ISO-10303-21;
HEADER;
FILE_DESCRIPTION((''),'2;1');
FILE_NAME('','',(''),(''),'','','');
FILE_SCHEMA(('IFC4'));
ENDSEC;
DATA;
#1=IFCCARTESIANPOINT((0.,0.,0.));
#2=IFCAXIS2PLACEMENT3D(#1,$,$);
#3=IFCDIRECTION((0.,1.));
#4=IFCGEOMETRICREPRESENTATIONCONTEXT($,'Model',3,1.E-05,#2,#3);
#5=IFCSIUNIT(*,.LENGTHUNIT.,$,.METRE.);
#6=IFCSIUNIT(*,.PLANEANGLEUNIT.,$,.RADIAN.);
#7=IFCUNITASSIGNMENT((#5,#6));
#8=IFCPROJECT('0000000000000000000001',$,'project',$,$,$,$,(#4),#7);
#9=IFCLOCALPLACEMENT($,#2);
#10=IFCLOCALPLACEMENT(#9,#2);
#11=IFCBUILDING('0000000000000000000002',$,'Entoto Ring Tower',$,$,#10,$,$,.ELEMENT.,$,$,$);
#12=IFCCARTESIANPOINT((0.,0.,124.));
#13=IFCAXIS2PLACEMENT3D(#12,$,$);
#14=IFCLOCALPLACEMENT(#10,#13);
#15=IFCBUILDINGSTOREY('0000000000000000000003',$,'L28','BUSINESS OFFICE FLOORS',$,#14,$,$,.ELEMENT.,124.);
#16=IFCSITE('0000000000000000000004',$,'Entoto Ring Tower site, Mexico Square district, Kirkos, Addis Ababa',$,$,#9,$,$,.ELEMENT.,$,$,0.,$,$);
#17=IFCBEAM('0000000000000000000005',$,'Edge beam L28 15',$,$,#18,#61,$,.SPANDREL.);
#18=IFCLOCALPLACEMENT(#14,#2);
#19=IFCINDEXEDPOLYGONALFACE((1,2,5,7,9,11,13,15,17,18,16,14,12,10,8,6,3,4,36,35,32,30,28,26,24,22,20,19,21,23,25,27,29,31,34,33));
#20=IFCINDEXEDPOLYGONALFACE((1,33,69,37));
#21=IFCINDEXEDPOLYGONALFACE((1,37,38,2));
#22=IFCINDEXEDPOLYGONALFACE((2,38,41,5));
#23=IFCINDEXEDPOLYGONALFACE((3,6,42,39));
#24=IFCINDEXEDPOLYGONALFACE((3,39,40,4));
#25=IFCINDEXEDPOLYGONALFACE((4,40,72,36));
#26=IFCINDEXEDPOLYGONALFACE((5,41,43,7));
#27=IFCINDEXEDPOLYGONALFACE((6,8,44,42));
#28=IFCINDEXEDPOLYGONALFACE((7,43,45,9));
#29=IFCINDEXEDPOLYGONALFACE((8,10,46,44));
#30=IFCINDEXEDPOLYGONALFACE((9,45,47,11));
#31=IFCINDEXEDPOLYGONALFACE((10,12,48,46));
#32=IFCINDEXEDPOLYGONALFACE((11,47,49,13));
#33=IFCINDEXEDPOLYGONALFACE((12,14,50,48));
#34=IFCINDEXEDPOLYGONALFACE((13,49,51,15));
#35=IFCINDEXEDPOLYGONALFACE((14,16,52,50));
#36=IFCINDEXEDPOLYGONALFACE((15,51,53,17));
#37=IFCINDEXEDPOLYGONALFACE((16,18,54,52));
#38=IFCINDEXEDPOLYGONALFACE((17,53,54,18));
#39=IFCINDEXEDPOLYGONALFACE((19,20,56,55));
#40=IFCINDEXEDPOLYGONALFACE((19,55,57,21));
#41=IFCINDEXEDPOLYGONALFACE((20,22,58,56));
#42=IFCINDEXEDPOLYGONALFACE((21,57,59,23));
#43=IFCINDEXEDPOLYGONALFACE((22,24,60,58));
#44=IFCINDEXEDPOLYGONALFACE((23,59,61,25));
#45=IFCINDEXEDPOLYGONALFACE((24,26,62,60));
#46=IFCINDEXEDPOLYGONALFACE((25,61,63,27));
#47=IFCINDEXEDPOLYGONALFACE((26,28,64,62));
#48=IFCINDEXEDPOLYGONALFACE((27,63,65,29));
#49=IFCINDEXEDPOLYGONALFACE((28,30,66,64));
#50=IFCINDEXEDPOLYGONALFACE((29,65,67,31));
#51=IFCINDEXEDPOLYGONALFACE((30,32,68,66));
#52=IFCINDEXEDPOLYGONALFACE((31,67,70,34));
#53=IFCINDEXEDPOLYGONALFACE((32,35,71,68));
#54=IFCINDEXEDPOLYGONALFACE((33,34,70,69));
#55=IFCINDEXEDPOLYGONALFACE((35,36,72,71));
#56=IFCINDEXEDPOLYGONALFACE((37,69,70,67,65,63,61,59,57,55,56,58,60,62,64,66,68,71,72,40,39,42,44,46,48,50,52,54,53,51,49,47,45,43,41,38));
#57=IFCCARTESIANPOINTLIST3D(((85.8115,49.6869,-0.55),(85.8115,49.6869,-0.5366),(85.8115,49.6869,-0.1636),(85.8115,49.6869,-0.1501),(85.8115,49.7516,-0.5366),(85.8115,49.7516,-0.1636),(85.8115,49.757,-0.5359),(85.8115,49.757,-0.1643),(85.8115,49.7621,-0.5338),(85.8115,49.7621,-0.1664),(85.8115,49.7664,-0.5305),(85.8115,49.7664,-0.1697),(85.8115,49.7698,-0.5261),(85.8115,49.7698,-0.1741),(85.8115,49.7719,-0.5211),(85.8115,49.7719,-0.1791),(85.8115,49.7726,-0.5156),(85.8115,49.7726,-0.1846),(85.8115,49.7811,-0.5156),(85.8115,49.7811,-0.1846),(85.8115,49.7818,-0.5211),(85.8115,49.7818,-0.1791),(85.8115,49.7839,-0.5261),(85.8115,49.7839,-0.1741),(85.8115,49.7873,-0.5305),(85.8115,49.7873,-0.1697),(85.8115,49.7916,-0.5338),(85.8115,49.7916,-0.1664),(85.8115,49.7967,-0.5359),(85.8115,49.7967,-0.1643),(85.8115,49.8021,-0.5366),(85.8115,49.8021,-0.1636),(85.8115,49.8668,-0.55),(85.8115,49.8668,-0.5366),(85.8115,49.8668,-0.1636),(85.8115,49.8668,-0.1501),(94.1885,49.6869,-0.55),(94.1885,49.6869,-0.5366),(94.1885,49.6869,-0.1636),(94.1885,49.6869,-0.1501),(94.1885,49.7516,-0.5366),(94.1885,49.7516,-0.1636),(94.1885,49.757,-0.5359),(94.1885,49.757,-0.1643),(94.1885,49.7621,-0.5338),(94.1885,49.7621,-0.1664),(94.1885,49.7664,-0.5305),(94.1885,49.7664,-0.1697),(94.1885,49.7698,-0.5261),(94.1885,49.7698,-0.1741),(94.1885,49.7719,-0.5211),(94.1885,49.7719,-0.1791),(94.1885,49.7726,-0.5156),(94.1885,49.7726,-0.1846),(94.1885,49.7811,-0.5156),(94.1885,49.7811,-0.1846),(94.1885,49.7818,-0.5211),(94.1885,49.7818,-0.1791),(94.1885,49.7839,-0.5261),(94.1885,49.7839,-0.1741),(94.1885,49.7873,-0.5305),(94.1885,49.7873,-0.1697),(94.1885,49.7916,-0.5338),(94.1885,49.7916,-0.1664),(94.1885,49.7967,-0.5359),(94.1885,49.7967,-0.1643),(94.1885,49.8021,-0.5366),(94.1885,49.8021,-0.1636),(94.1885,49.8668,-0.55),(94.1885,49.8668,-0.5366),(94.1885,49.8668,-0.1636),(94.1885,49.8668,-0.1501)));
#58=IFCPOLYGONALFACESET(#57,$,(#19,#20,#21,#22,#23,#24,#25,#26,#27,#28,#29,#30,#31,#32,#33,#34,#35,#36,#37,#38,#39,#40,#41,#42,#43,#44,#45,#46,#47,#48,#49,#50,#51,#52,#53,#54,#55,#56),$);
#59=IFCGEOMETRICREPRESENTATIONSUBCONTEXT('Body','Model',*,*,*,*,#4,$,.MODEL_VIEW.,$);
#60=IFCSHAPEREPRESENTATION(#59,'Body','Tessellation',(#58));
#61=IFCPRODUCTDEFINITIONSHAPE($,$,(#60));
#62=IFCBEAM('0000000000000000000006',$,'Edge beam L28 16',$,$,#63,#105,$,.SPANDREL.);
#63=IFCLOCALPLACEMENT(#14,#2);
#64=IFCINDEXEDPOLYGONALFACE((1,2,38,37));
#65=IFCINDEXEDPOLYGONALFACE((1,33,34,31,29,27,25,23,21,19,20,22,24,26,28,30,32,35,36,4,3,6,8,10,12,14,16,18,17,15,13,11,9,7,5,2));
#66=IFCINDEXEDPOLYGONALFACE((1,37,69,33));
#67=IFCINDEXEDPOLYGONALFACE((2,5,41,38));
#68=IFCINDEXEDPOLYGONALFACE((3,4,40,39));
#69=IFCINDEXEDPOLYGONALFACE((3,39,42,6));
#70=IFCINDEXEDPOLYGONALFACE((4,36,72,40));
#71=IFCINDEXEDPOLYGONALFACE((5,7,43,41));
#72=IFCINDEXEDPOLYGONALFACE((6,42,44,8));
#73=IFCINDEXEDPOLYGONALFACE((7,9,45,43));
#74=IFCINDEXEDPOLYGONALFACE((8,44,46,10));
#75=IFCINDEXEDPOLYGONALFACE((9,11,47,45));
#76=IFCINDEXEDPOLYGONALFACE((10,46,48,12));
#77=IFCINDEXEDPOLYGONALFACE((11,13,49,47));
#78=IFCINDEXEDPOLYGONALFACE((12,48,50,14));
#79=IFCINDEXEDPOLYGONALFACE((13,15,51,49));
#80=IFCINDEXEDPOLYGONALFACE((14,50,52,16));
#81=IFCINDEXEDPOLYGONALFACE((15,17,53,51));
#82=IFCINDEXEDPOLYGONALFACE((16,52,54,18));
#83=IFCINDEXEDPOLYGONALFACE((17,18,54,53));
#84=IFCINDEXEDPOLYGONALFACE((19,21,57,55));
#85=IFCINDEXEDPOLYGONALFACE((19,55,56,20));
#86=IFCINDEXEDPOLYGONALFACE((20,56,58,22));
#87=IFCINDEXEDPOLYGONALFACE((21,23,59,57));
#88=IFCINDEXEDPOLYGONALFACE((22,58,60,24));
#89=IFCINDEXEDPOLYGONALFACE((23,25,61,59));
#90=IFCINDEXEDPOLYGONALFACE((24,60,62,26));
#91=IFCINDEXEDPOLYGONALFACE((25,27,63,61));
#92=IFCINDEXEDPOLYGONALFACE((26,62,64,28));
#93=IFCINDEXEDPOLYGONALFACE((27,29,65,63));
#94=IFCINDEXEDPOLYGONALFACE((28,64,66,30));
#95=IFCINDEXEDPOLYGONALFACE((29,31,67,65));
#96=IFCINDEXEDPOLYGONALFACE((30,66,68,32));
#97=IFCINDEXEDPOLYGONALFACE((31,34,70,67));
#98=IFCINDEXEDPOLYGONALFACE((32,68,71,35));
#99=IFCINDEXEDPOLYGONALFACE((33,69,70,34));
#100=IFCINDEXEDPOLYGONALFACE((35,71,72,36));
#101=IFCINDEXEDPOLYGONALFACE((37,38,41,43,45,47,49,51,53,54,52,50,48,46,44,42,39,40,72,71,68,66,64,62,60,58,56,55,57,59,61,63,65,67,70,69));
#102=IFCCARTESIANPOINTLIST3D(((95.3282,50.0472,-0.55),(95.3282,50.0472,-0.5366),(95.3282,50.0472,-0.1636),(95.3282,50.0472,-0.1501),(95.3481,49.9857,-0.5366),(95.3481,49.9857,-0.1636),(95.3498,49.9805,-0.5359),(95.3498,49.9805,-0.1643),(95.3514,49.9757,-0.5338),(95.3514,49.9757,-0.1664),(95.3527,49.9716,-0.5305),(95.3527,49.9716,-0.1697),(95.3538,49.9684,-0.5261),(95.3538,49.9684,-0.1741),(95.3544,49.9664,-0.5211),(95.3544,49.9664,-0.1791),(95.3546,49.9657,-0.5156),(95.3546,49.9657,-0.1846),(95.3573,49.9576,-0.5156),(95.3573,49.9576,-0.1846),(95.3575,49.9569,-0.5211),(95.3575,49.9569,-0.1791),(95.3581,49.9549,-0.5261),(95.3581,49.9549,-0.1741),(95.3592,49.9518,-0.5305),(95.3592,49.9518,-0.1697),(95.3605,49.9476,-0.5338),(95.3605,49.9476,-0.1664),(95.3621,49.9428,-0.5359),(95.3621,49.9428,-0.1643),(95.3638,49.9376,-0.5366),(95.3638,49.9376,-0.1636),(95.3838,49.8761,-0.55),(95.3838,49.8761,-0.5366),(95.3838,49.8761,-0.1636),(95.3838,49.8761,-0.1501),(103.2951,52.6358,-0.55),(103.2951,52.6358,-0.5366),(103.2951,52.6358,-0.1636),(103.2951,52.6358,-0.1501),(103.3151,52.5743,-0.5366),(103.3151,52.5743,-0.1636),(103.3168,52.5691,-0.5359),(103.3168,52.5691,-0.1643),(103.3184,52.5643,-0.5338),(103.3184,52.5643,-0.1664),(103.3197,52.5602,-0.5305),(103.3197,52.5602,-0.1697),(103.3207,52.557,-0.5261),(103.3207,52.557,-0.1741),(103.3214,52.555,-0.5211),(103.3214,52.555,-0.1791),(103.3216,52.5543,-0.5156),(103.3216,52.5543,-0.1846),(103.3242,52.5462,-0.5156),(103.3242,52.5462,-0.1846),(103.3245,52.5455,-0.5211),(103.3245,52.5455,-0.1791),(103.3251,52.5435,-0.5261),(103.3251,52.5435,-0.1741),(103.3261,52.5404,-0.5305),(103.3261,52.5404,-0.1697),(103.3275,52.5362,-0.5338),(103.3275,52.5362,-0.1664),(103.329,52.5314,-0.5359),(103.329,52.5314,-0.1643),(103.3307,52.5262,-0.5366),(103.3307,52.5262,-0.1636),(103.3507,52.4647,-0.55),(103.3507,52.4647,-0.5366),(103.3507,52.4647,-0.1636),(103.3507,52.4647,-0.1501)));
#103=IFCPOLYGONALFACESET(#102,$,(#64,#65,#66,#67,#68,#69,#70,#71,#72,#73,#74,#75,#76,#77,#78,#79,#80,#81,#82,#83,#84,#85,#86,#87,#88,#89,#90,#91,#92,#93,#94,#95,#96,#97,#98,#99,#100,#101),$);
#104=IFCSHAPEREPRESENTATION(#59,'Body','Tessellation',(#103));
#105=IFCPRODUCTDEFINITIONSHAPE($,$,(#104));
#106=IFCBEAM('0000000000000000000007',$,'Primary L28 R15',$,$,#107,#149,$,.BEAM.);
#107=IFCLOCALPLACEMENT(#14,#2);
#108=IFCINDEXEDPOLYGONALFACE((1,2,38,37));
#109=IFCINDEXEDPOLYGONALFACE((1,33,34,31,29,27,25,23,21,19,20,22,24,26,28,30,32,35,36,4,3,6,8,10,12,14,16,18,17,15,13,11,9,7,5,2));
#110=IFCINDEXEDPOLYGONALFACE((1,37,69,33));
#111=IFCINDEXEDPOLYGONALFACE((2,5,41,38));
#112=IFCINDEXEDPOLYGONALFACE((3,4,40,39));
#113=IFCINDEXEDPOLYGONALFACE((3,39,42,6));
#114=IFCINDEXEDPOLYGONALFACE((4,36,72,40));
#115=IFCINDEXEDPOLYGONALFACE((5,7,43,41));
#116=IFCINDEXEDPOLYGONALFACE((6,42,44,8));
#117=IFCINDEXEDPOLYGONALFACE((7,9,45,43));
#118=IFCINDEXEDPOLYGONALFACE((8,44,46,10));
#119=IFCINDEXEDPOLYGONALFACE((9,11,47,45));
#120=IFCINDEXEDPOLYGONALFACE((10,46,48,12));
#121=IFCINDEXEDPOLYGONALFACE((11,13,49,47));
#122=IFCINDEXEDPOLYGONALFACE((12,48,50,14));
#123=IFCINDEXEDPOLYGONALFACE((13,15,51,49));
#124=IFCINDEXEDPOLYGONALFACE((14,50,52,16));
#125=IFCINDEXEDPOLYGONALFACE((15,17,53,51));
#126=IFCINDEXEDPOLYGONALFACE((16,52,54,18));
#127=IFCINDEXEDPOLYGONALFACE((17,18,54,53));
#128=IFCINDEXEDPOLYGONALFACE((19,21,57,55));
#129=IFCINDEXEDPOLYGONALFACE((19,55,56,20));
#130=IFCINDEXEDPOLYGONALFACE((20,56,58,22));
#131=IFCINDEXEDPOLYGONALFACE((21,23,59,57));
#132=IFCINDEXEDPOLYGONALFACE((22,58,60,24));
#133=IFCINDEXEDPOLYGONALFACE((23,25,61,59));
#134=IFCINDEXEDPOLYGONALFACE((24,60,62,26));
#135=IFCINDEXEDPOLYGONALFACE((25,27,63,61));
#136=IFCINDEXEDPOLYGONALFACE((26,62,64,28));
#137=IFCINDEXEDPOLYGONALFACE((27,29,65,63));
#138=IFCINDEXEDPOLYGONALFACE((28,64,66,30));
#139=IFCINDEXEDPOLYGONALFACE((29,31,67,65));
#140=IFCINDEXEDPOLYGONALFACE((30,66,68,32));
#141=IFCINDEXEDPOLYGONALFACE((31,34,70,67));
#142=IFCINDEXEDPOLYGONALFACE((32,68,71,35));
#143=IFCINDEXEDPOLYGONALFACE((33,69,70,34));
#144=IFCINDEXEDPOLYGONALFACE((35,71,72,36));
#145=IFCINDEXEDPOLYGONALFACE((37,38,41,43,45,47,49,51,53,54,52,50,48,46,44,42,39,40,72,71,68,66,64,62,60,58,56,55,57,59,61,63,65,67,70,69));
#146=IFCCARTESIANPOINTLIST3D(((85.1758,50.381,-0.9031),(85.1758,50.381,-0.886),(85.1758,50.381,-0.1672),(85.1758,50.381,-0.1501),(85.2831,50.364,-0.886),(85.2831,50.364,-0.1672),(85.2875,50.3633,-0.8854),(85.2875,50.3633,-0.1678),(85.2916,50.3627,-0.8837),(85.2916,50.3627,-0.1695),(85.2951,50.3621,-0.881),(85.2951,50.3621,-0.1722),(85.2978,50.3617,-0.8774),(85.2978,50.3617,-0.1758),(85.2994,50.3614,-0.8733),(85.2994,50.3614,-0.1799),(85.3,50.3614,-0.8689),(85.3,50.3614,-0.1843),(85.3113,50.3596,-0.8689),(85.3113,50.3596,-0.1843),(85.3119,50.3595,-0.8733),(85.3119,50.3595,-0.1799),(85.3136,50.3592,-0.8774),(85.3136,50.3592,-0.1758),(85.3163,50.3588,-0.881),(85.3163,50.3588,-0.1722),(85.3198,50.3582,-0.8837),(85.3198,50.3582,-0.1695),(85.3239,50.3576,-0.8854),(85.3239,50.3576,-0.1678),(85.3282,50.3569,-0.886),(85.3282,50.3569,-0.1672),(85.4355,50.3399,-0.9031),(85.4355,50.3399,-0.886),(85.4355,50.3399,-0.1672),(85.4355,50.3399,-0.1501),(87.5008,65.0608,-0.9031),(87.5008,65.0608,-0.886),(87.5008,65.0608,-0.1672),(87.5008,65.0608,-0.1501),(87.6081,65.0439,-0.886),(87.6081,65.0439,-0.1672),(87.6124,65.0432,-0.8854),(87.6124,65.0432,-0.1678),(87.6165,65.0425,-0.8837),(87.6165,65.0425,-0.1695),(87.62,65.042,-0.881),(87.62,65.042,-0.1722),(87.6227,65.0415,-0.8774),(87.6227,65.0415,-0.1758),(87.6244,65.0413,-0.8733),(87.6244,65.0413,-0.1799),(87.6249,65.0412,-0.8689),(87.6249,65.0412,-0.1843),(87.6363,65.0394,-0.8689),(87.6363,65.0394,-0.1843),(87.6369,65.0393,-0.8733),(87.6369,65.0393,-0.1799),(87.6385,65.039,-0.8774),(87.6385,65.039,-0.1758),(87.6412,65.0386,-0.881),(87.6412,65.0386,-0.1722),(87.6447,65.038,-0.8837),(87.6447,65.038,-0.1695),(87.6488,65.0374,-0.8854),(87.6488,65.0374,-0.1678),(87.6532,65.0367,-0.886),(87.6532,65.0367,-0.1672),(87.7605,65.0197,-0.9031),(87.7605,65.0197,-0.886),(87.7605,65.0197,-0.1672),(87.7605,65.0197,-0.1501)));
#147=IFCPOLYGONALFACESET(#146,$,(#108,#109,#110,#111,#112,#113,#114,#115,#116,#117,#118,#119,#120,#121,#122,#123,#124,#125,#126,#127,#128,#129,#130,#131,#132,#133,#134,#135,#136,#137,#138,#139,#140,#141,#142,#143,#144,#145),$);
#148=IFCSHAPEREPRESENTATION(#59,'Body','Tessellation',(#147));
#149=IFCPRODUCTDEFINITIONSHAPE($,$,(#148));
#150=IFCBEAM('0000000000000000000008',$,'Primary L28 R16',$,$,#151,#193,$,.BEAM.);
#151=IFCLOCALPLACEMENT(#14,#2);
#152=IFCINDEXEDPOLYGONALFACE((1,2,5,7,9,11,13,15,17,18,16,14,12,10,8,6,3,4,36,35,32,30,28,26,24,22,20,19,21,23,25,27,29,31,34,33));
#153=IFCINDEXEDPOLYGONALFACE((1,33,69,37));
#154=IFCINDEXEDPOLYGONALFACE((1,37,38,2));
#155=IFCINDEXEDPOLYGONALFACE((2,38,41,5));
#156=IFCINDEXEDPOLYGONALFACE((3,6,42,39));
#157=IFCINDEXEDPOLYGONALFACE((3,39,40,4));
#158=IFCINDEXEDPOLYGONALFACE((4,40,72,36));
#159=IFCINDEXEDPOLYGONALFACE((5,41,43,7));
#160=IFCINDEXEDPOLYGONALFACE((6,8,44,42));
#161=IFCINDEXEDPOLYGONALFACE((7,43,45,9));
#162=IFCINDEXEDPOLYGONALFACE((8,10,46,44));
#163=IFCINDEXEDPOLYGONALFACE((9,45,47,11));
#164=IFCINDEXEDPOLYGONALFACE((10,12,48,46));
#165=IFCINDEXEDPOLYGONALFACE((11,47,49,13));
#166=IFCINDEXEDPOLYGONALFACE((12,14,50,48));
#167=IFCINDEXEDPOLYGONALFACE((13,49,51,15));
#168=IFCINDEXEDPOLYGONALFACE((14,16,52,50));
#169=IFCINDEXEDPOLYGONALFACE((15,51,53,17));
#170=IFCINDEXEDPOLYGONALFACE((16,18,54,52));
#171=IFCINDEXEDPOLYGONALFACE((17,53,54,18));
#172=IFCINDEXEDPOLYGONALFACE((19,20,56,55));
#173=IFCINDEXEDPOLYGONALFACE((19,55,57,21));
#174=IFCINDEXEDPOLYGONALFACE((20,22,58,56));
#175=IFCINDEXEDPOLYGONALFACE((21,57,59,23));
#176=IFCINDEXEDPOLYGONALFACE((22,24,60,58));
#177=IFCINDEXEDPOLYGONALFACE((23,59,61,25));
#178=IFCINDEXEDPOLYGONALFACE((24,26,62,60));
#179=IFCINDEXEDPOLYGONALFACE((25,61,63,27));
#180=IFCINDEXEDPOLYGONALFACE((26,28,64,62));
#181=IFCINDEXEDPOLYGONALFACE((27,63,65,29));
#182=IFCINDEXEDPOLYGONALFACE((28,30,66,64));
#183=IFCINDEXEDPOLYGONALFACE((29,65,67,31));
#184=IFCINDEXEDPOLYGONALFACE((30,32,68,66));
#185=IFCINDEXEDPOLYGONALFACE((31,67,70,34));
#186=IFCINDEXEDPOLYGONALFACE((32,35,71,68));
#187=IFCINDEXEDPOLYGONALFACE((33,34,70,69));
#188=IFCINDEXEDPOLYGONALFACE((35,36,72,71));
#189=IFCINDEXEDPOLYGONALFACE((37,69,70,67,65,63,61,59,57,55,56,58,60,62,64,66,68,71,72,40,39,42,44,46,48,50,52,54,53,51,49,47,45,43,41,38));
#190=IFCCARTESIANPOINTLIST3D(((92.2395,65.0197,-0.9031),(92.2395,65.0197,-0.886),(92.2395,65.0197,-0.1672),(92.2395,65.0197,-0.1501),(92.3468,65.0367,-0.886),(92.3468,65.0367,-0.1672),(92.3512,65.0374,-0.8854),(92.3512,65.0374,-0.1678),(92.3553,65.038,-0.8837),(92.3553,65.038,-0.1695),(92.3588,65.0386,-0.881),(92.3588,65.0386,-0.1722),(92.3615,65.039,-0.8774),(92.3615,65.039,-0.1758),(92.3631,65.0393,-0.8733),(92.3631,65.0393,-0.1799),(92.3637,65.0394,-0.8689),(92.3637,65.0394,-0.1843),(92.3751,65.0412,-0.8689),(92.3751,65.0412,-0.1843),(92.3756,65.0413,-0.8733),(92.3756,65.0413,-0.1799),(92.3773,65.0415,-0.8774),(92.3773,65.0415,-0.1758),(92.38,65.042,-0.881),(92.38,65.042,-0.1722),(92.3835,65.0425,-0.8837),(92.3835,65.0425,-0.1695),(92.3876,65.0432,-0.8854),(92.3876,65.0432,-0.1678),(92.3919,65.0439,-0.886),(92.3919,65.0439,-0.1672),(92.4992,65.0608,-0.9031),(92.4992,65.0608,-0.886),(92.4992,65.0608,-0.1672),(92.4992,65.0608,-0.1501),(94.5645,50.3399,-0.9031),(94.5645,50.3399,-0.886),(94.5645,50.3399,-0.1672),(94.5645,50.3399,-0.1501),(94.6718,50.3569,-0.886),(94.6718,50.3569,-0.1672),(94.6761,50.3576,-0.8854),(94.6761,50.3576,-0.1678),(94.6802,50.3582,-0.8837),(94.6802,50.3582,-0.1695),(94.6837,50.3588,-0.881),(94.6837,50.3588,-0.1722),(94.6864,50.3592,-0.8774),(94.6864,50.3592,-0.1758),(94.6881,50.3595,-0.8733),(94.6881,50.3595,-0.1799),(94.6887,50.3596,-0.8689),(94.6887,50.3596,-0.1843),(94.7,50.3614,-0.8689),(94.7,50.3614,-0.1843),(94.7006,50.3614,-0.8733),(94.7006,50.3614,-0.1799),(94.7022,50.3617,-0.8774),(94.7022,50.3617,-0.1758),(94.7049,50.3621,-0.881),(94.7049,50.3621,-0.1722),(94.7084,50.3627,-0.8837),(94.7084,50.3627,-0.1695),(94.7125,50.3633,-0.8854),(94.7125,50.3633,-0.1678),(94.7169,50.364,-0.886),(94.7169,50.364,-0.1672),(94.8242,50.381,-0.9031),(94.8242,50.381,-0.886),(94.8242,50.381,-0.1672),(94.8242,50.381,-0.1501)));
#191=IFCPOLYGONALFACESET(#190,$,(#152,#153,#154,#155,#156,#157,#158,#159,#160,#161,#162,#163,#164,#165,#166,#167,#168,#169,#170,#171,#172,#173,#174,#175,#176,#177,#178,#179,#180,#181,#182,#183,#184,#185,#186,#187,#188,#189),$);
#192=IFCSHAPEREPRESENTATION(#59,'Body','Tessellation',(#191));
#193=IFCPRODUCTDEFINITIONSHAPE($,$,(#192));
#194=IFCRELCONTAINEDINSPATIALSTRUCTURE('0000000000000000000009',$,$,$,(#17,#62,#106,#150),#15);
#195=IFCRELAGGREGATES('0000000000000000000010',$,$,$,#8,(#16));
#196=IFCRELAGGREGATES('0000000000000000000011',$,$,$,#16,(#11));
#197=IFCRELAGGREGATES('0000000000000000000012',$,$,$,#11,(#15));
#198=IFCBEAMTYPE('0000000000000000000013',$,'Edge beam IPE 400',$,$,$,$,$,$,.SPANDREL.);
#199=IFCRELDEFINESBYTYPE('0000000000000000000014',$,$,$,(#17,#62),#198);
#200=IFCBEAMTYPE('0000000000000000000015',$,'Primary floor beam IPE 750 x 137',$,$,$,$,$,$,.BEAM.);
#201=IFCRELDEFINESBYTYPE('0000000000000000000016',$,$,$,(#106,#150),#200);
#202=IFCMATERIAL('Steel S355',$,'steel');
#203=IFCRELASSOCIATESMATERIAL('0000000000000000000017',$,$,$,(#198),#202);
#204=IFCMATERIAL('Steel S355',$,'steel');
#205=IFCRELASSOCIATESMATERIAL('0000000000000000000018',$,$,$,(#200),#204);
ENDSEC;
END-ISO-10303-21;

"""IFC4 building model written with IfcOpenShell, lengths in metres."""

from ifc_helpers import new_model, si_unit, direction, frame, origin, origin_2d, place, context, subcontext, project, spatial, i_section, extrude, material, material_profile, profile_set, type_object, element, save


model = new_model("IFC4")

# Units and contexts
model_context = context("Model", 3, precision=1e-05, world=origin(), true_north=direction((0.0, 1.0)))
body_context = subcontext(model_context, "Body", "Model", "MODEL_VIEW")
ifc_project = project(units=[si_unit("LENGTHUNIT", "METRE"), si_unit("PLANEANGLEUNIT", "RADIAN")], contexts=[model_context])

# Site, building, storey
site_placement = place(None, origin())
site = spatial("IfcSite", under=ifc_project, at=site_placement, Name="Entoto Ring Tower site, Mexico Square district, Kirkos, Addis Ababa", CompositionType="ELEMENT", RefElevation=0.0)
building_placement = place(site_placement, origin())
building = spatial("IfcBuilding", under=site, at=building_placement, Name="Entoto Ring Tower", CompositionType="ELEMENT")
storey_placement = place(building_placement, frame((0.0, 0.0, 124.0)))
storey = spatial("IfcBuildingStorey", under=building, at=storey_placement, Name="L28", Description="BUSINESS OFFICE FLOORS", CompositionType="ELEMENT", Elevation=124.0)

# Beams
ifc_material_1 = material(Name="Steel S355", Category="steel")
ifc_material_profile_1 = material_profile(ifc_material_1, i_section(OverallWidth=0.1799, OverallDepth=0.3999, WebThickness=0.0085, FlangeThickness=0.0134, FilletRadius=0.021, at=origin_2d()), Name="IPE 400")
ifc_profile_set_1 = profile_set([ifc_material_profile_1], Name="Steel S355")
beam_type_1 = type_object("IfcBeamType", Name="Edge beam IPE 400", PredefinedType="SPANDREL", material=ifc_profile_set_1)
for number, where, z_axis, x_axis, name in (
    (1, (85.8115, 49.7769, -0.3501), (1.0, 0.0, 0.0), (0.0, 1.0, 0.0), "Edge beam L28 15"),
    (2, (95.356, 49.9617, -0.3501), (0.951057, 0.309014, 0.0), (-0.309014, 0.951057, 0.0), "Edge beam L28 16"),
):
    element("IfcBeam", number, at=place(storey_placement, frame(where, z_axis=z_axis, x_axis=x_axis)), inside=storey, type_object=beam_type_1, Name=name, PredefinedType="SPANDREL", context=body_context, shape_type="SweptSolid", body=[
        extrude(i_section(OverallWidth=0.1799, OverallDepth=0.3999, WebThickness=0.0085, FlangeThickness=0.0134, FilletRadius=0.021, at=origin_2d()), origin(), (0.0, 0.0, 1.0), 8.377),
    ])
ifc_material_2 = material(Name="Steel S355", Category="steel")
ifc_material_profile_2 = material_profile(ifc_material_2, i_section(OverallWidth=0.2629, OverallDepth=0.7529, WebThickness=0.0115, FlangeThickness=0.0171, FilletRadius=0.0171, at=origin_2d()), Name="IPE 750 x 137")
ifc_profile_set_2 = profile_set([ifc_material_profile_2], Name="Steel S355")
beam_type_2 = type_object("IfcBeamType", Name="Primary floor beam IPE 750 x 137", PredefinedType="BEAM", material=ifc_profile_set_2)
for number, where, z_axis, x_axis, name in (
    (3, (87.6306, 65.0403, -0.5266), (-0.156426, -0.98769, 0.0), (0.98769, -0.156426, 0.0), "Primary L28 R15"),
    (4, (92.3694, 65.0403, -0.5266), (0.156426, -0.98769, 0.0), (0.98769, 0.156426, 0.0), "Primary L28 R16"),
):
    element("IfcBeam", number, at=place(storey_placement, frame(where, z_axis=z_axis, x_axis=x_axis)), inside=storey, type_object=beam_type_2, Name=name, PredefinedType="BEAM", context=body_context, shape_type="SweptSolid", body=[
        extrude(i_section(OverallWidth=0.2629, OverallDepth=0.7529, WebThickness=0.0115, FlangeThickness=0.0171, FilletRadius=0.0171, at=origin_2d()), origin(), (0.0, 0.0, 1.0), 14.8628),
    ])

save(model, "model.ifc")
